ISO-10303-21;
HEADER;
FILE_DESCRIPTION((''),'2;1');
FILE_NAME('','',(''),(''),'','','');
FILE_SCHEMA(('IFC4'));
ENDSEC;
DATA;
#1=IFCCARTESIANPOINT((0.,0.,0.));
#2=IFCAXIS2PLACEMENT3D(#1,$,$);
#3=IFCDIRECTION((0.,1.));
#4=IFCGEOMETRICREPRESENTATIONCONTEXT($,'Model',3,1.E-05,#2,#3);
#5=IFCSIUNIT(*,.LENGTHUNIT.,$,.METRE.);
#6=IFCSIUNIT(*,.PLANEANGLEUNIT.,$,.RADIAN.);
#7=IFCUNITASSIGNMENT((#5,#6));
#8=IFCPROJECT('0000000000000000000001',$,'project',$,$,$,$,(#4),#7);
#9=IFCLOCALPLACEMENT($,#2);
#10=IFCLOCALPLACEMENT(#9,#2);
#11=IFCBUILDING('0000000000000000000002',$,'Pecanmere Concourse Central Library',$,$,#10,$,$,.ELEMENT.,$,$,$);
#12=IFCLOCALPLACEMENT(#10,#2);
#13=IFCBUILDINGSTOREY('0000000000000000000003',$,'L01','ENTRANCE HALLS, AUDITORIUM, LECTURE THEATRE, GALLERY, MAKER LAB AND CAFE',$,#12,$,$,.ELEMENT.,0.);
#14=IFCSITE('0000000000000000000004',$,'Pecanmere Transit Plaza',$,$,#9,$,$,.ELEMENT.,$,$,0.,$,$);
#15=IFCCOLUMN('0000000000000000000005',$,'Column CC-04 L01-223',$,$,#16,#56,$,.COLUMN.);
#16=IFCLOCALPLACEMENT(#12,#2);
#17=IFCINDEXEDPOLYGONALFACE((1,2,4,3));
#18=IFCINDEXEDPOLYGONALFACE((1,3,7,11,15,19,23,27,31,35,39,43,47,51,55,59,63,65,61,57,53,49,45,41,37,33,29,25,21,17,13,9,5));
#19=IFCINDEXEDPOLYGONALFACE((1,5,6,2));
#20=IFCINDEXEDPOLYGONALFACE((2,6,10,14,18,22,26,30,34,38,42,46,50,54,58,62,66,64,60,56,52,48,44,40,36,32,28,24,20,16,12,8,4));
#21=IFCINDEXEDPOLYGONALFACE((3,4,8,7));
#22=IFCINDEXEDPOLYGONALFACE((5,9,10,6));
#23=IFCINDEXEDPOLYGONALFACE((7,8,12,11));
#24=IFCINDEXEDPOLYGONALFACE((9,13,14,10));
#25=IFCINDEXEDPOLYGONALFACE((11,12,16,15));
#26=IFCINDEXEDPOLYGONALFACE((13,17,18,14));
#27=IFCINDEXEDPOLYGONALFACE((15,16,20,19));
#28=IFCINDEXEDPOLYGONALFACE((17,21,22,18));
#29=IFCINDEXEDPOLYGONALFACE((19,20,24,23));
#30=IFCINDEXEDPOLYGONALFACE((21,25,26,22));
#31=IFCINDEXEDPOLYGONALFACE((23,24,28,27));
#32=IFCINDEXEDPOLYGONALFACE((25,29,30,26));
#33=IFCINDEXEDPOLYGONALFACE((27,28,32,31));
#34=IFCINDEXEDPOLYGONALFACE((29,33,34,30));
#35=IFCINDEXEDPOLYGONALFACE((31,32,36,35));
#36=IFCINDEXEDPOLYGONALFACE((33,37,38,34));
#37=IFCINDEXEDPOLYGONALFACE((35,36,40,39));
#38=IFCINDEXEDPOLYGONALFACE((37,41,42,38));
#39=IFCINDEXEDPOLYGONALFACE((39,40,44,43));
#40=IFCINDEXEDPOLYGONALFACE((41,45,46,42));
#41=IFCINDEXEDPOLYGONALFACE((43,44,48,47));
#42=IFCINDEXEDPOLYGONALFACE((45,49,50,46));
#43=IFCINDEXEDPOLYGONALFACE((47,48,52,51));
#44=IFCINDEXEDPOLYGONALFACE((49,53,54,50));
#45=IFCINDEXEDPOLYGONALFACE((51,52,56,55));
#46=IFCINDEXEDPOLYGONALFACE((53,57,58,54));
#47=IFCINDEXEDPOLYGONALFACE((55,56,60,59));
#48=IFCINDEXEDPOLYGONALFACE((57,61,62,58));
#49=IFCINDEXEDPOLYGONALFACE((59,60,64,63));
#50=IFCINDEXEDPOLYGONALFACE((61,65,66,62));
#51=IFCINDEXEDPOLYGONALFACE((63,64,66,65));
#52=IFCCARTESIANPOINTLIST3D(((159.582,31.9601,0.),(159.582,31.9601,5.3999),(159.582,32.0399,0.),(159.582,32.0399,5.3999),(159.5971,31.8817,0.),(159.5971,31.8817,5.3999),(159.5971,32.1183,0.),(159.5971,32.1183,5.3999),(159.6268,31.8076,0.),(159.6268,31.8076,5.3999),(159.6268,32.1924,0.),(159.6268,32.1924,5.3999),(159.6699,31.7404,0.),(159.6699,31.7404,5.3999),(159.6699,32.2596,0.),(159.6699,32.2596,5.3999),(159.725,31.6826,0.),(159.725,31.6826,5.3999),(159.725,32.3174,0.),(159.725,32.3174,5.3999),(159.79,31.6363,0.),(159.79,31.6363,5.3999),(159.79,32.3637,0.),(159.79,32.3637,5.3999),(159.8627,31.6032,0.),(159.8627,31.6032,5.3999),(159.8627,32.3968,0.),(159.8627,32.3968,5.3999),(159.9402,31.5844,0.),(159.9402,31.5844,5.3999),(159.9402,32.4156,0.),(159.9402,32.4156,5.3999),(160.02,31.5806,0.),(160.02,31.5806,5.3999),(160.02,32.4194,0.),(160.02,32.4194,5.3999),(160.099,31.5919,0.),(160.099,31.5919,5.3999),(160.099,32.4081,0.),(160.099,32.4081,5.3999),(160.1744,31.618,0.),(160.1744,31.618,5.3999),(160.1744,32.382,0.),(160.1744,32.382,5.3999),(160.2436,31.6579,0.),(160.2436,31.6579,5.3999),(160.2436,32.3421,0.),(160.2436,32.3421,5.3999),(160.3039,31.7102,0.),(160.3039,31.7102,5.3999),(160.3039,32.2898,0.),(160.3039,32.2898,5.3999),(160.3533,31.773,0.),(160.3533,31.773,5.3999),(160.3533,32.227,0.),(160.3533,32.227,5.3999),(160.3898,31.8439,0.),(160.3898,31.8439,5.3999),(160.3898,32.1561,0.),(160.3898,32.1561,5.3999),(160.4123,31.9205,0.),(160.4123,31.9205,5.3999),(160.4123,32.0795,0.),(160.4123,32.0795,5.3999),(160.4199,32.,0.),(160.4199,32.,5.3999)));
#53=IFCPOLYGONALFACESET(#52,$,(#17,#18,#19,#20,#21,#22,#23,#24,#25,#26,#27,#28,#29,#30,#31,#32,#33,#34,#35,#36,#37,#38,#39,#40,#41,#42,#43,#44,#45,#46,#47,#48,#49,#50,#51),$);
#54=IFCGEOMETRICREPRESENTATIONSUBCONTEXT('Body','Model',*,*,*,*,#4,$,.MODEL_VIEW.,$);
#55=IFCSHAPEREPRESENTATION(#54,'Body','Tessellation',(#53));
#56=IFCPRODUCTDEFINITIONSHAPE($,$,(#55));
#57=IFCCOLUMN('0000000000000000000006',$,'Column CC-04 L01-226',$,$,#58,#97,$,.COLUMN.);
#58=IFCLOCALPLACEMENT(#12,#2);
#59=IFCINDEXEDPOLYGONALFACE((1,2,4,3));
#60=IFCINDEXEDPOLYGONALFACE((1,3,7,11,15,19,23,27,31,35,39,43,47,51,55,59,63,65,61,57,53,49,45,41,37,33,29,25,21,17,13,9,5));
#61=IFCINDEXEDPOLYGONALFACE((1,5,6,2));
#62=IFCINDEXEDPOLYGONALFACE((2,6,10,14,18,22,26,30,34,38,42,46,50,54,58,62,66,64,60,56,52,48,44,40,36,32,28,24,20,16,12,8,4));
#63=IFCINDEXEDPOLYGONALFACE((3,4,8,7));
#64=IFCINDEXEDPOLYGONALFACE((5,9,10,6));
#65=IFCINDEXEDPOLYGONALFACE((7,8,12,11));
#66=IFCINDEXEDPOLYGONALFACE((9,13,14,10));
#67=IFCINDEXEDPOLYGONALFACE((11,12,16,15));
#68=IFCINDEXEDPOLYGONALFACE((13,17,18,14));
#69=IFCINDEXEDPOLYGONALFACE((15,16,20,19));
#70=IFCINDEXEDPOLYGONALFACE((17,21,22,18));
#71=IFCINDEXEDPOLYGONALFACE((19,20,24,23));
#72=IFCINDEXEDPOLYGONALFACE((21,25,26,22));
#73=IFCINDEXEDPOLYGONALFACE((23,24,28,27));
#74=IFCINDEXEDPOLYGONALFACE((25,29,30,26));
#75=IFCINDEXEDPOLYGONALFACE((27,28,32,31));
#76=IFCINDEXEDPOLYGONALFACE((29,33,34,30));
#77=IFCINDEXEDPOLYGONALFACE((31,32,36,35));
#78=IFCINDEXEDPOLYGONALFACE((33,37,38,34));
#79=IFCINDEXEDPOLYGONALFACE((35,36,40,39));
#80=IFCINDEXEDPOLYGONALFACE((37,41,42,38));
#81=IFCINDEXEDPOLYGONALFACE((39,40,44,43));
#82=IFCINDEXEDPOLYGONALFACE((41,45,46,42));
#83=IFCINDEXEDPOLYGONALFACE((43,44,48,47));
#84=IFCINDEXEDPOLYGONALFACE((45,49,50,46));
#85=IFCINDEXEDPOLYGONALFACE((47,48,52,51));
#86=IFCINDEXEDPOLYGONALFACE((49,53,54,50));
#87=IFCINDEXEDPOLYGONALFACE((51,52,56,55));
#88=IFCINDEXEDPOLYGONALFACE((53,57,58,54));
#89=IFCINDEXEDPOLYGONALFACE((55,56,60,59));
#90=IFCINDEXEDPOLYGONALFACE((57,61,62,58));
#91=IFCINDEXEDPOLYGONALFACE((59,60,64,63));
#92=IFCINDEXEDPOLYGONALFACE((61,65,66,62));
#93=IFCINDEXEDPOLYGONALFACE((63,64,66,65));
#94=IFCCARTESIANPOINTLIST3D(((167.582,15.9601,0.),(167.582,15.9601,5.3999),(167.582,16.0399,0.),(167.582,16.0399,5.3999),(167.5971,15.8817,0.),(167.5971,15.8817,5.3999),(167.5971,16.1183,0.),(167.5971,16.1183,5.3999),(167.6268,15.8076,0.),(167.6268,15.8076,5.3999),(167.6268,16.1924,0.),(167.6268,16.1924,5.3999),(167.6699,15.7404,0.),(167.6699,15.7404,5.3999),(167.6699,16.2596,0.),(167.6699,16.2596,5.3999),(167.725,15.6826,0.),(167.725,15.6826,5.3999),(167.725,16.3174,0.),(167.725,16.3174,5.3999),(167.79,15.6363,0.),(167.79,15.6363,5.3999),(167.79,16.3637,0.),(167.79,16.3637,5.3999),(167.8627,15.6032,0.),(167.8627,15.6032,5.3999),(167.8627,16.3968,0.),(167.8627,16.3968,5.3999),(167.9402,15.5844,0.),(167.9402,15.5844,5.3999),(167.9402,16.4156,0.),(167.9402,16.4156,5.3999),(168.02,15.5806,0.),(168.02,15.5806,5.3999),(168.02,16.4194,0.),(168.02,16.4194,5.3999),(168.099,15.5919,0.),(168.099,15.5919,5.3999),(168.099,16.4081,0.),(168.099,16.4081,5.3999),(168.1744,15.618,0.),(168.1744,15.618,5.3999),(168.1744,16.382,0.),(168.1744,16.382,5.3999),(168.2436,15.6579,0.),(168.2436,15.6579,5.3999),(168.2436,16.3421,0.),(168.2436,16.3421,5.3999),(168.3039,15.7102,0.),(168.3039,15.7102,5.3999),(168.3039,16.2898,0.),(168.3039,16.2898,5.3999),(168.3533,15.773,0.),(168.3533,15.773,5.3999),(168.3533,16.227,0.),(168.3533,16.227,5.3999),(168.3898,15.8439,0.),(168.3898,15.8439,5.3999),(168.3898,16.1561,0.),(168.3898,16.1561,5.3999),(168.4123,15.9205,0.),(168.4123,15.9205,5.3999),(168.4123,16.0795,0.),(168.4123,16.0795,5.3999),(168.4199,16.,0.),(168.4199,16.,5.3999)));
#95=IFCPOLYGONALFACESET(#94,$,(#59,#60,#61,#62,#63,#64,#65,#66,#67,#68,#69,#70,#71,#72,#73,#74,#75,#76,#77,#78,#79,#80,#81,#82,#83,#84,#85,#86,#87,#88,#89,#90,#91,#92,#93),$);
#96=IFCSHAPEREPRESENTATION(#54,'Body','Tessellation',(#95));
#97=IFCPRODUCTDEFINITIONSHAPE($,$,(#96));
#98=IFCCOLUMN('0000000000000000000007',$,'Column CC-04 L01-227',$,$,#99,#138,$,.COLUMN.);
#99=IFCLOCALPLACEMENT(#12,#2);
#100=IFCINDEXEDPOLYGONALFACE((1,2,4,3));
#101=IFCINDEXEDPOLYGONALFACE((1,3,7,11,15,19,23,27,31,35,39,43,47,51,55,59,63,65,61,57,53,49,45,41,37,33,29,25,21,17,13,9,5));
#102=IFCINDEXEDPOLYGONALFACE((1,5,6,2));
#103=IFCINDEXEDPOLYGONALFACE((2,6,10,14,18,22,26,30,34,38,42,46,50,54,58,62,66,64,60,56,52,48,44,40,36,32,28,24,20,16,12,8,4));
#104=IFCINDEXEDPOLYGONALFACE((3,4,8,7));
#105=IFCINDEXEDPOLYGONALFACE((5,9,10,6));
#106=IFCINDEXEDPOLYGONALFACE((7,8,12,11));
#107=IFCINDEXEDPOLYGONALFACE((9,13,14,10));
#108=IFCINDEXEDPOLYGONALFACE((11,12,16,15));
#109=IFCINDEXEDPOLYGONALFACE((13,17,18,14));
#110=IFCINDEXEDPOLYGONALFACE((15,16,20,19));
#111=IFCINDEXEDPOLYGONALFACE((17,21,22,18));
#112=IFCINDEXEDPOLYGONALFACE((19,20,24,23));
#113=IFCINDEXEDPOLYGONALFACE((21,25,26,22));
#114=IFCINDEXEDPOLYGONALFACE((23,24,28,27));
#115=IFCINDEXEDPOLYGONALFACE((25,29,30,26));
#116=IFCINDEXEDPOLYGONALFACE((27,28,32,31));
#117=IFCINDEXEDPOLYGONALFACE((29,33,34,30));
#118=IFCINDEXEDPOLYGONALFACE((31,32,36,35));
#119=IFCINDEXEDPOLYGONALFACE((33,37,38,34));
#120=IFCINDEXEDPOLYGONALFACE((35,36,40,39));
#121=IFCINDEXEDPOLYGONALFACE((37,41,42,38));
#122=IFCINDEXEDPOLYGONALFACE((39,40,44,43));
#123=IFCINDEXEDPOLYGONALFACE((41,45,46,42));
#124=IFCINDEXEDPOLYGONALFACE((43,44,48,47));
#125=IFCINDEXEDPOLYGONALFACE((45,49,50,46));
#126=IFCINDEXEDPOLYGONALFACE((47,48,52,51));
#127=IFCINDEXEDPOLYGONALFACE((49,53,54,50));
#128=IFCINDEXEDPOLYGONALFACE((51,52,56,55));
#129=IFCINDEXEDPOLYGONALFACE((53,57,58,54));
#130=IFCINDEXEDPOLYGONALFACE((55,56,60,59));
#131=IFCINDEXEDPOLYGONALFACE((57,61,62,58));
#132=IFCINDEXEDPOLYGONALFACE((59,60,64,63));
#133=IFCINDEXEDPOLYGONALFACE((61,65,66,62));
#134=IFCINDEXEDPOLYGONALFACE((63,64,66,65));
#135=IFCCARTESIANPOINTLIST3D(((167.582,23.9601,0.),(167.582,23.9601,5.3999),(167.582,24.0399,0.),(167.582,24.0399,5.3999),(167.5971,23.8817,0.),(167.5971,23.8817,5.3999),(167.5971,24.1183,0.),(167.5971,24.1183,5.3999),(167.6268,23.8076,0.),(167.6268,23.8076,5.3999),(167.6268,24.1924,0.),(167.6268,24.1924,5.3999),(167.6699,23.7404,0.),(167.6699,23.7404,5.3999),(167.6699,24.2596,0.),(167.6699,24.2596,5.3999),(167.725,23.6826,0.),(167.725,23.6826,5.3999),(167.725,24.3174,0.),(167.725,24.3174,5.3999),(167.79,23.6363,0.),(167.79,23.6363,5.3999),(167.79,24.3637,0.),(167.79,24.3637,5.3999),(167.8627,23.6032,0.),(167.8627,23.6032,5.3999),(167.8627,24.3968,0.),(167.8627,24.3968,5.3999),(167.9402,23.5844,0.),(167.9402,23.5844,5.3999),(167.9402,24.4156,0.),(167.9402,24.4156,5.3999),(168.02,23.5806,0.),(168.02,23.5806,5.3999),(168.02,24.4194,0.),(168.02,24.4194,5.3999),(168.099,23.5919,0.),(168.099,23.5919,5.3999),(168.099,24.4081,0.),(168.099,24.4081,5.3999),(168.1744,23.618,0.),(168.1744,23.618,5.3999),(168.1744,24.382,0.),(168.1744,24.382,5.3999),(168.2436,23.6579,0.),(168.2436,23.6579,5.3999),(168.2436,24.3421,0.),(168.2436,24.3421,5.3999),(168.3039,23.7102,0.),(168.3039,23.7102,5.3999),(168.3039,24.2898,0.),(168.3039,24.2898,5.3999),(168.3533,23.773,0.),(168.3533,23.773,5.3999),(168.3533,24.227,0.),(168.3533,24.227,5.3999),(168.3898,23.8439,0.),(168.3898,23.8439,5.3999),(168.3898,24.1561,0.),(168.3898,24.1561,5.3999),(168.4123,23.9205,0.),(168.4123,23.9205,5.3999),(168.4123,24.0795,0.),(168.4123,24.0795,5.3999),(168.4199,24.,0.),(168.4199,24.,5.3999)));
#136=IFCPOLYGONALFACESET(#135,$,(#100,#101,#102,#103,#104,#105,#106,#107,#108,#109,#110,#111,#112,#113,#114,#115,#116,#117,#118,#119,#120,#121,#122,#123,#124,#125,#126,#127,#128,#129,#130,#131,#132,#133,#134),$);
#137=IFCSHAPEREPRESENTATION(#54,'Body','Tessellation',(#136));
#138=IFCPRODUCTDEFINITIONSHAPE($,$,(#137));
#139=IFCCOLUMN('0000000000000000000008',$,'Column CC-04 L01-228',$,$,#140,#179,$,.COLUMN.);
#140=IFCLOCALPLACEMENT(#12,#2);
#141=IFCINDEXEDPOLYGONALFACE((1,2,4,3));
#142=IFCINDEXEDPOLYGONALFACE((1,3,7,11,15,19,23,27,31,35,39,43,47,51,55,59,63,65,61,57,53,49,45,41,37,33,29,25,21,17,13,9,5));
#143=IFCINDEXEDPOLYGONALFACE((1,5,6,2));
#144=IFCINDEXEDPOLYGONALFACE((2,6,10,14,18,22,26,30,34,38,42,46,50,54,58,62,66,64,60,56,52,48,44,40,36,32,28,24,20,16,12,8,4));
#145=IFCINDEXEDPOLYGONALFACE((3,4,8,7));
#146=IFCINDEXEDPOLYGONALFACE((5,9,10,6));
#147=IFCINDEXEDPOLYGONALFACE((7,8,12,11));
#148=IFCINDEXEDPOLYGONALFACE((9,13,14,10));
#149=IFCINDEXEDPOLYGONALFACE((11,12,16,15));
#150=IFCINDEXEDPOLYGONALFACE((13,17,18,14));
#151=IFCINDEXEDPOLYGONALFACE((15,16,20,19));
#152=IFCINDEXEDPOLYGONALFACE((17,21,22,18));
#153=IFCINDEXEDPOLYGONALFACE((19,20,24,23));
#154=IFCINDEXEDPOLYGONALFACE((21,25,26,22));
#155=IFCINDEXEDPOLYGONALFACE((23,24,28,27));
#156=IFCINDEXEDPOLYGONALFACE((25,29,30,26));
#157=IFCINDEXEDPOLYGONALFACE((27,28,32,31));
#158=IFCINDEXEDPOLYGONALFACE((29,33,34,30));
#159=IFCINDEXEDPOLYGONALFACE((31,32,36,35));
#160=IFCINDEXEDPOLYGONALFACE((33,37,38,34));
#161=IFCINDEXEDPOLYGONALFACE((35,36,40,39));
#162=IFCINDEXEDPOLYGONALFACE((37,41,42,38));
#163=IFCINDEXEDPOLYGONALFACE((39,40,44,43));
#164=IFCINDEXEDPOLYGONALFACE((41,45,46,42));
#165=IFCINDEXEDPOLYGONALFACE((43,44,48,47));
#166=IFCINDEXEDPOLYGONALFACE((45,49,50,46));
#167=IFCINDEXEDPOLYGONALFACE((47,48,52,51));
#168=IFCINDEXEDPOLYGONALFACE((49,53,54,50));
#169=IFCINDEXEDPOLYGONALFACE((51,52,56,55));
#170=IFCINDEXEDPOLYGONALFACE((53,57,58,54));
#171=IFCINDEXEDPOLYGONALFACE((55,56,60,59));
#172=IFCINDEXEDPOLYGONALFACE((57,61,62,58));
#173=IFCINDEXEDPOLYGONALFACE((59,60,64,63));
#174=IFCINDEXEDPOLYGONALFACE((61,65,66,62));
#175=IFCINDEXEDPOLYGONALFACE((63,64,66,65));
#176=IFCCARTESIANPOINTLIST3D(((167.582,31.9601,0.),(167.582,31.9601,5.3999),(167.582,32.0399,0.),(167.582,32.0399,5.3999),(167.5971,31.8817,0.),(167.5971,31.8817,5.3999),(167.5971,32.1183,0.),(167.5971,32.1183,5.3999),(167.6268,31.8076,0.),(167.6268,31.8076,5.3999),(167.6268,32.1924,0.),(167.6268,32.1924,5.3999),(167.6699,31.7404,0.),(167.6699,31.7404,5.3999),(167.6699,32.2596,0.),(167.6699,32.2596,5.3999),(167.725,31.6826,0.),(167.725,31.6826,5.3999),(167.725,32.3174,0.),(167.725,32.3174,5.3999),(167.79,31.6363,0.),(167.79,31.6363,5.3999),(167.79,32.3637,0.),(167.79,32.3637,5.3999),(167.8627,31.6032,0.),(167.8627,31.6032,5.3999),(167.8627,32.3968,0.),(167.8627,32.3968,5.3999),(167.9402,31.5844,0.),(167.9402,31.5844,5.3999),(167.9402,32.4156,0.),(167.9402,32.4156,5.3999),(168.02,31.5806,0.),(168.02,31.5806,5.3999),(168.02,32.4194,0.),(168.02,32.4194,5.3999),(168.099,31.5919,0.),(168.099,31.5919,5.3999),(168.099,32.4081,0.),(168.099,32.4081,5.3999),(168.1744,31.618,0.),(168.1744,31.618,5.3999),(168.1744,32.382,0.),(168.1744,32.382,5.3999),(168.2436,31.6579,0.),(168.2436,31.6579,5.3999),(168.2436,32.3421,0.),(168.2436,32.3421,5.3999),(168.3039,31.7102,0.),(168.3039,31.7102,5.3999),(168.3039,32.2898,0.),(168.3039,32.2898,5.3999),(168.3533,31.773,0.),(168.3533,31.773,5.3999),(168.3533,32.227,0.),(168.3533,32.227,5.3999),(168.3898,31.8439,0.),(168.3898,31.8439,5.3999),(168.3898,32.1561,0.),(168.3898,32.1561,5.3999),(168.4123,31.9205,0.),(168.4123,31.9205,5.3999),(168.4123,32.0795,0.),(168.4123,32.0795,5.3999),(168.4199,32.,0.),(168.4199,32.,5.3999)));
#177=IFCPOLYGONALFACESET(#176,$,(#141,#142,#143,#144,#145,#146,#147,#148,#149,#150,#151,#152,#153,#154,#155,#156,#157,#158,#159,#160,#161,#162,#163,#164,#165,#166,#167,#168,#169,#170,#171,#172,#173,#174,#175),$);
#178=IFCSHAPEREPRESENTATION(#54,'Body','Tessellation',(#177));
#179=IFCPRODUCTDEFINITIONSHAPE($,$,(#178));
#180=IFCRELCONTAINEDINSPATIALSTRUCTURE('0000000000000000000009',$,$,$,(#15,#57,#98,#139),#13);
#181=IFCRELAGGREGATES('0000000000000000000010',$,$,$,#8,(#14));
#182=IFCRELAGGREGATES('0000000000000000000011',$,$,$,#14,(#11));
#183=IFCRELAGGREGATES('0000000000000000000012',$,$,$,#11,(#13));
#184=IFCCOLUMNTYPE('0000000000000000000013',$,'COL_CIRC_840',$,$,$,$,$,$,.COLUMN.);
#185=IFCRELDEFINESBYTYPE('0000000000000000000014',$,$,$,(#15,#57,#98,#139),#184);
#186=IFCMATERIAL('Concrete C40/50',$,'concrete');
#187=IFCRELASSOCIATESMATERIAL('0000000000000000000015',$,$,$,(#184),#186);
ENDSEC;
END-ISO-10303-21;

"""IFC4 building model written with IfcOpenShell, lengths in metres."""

from ifc_helpers import new_model, si_unit, direction, frame, origin, origin_2d, place, context, subcontext, project, spatial, circle, extrude, material, material_profile, profile_set, type_object, element, save


model = new_model("IFC4")

# Units and contexts
model_context = context("Model", 3, precision=1e-05, world=origin(), true_north=direction((0.0, 1.0)))
body_context = subcontext(model_context, "Body", "Model", "MODEL_VIEW")
ifc_project = project(units=[si_unit("LENGTHUNIT", "METRE"), si_unit("PLANEANGLEUNIT", "RADIAN")], contexts=[model_context])

# Site, building, storey
site_placement = place(None, origin())
site = spatial("IfcSite", under=ifc_project, at=site_placement, Name="Pecanmere Transit Plaza", CompositionType="ELEMENT", RefElevation=0.0)
building_placement = place(site_placement, origin())
building = spatial("IfcBuilding", under=site, at=building_placement, Name="Pecanmere Concourse Central Library", CompositionType="ELEMENT")
storey_placement = place(building_placement, origin())
storey = spatial("IfcBuildingStorey", under=building, at=storey_placement, Name="L01", Description="ENTRANCE HALLS, AUDITORIUM, LECTURE THEATRE, GALLERY, MAKER LAB AND CAFE", CompositionType="ELEMENT", Elevation=0.0)

# Columns
ifc_material_1 = material(Name="Concrete C40/50", Category="concrete")
ifc_material_profile_1 = material_profile(ifc_material_1, circle(Radius=0.4199, at=origin_2d()), Name="RC D840")
ifc_profile_set_1 = profile_set([ifc_material_profile_1], Name="Concrete C40/50")
column_type_1 = type_object("IfcColumnType", Name="COL_CIRC_840", PredefinedType="COLUMN", material=ifc_profile_set_1)
for number, where, z_axis, x_axis, name in (
    (1, (160.0, 32.0, 0.0), (0.0, 0.0, 1.0), (1.0, 0.0, 0.0), "Column CC-04 L01-223"),
    (2, (168.0, 16.0, 0.0), (0.0, 0.0, 1.0), (1.0, 0.0, 0.0), "Column CC-04 L01-226"),
    (3, (168.0, 24.0, 0.0), (0.0, 0.0, 1.0), (1.0, 0.0, 0.0), "Column CC-04 L01-227"),
    (4, (168.0, 32.0, 0.0), (0.0, 0.0, 1.0), (1.0, 0.0, 0.0), "Column CC-04 L01-228"),
):
    element("IfcColumn", number, at=place(storey_placement, frame(where, z_axis=z_axis, x_axis=x_axis)), inside=storey, type_object=column_type_1, Name=name, PredefinedType="COLUMN", context=body_context, shape_type="SweptSolid", body=[
        extrude(circle(Radius=0.4199, at=origin_2d()), origin(), (0.0, 0.0, 1.0), 5.3999),
    ])

save(model, "model.ifc")
